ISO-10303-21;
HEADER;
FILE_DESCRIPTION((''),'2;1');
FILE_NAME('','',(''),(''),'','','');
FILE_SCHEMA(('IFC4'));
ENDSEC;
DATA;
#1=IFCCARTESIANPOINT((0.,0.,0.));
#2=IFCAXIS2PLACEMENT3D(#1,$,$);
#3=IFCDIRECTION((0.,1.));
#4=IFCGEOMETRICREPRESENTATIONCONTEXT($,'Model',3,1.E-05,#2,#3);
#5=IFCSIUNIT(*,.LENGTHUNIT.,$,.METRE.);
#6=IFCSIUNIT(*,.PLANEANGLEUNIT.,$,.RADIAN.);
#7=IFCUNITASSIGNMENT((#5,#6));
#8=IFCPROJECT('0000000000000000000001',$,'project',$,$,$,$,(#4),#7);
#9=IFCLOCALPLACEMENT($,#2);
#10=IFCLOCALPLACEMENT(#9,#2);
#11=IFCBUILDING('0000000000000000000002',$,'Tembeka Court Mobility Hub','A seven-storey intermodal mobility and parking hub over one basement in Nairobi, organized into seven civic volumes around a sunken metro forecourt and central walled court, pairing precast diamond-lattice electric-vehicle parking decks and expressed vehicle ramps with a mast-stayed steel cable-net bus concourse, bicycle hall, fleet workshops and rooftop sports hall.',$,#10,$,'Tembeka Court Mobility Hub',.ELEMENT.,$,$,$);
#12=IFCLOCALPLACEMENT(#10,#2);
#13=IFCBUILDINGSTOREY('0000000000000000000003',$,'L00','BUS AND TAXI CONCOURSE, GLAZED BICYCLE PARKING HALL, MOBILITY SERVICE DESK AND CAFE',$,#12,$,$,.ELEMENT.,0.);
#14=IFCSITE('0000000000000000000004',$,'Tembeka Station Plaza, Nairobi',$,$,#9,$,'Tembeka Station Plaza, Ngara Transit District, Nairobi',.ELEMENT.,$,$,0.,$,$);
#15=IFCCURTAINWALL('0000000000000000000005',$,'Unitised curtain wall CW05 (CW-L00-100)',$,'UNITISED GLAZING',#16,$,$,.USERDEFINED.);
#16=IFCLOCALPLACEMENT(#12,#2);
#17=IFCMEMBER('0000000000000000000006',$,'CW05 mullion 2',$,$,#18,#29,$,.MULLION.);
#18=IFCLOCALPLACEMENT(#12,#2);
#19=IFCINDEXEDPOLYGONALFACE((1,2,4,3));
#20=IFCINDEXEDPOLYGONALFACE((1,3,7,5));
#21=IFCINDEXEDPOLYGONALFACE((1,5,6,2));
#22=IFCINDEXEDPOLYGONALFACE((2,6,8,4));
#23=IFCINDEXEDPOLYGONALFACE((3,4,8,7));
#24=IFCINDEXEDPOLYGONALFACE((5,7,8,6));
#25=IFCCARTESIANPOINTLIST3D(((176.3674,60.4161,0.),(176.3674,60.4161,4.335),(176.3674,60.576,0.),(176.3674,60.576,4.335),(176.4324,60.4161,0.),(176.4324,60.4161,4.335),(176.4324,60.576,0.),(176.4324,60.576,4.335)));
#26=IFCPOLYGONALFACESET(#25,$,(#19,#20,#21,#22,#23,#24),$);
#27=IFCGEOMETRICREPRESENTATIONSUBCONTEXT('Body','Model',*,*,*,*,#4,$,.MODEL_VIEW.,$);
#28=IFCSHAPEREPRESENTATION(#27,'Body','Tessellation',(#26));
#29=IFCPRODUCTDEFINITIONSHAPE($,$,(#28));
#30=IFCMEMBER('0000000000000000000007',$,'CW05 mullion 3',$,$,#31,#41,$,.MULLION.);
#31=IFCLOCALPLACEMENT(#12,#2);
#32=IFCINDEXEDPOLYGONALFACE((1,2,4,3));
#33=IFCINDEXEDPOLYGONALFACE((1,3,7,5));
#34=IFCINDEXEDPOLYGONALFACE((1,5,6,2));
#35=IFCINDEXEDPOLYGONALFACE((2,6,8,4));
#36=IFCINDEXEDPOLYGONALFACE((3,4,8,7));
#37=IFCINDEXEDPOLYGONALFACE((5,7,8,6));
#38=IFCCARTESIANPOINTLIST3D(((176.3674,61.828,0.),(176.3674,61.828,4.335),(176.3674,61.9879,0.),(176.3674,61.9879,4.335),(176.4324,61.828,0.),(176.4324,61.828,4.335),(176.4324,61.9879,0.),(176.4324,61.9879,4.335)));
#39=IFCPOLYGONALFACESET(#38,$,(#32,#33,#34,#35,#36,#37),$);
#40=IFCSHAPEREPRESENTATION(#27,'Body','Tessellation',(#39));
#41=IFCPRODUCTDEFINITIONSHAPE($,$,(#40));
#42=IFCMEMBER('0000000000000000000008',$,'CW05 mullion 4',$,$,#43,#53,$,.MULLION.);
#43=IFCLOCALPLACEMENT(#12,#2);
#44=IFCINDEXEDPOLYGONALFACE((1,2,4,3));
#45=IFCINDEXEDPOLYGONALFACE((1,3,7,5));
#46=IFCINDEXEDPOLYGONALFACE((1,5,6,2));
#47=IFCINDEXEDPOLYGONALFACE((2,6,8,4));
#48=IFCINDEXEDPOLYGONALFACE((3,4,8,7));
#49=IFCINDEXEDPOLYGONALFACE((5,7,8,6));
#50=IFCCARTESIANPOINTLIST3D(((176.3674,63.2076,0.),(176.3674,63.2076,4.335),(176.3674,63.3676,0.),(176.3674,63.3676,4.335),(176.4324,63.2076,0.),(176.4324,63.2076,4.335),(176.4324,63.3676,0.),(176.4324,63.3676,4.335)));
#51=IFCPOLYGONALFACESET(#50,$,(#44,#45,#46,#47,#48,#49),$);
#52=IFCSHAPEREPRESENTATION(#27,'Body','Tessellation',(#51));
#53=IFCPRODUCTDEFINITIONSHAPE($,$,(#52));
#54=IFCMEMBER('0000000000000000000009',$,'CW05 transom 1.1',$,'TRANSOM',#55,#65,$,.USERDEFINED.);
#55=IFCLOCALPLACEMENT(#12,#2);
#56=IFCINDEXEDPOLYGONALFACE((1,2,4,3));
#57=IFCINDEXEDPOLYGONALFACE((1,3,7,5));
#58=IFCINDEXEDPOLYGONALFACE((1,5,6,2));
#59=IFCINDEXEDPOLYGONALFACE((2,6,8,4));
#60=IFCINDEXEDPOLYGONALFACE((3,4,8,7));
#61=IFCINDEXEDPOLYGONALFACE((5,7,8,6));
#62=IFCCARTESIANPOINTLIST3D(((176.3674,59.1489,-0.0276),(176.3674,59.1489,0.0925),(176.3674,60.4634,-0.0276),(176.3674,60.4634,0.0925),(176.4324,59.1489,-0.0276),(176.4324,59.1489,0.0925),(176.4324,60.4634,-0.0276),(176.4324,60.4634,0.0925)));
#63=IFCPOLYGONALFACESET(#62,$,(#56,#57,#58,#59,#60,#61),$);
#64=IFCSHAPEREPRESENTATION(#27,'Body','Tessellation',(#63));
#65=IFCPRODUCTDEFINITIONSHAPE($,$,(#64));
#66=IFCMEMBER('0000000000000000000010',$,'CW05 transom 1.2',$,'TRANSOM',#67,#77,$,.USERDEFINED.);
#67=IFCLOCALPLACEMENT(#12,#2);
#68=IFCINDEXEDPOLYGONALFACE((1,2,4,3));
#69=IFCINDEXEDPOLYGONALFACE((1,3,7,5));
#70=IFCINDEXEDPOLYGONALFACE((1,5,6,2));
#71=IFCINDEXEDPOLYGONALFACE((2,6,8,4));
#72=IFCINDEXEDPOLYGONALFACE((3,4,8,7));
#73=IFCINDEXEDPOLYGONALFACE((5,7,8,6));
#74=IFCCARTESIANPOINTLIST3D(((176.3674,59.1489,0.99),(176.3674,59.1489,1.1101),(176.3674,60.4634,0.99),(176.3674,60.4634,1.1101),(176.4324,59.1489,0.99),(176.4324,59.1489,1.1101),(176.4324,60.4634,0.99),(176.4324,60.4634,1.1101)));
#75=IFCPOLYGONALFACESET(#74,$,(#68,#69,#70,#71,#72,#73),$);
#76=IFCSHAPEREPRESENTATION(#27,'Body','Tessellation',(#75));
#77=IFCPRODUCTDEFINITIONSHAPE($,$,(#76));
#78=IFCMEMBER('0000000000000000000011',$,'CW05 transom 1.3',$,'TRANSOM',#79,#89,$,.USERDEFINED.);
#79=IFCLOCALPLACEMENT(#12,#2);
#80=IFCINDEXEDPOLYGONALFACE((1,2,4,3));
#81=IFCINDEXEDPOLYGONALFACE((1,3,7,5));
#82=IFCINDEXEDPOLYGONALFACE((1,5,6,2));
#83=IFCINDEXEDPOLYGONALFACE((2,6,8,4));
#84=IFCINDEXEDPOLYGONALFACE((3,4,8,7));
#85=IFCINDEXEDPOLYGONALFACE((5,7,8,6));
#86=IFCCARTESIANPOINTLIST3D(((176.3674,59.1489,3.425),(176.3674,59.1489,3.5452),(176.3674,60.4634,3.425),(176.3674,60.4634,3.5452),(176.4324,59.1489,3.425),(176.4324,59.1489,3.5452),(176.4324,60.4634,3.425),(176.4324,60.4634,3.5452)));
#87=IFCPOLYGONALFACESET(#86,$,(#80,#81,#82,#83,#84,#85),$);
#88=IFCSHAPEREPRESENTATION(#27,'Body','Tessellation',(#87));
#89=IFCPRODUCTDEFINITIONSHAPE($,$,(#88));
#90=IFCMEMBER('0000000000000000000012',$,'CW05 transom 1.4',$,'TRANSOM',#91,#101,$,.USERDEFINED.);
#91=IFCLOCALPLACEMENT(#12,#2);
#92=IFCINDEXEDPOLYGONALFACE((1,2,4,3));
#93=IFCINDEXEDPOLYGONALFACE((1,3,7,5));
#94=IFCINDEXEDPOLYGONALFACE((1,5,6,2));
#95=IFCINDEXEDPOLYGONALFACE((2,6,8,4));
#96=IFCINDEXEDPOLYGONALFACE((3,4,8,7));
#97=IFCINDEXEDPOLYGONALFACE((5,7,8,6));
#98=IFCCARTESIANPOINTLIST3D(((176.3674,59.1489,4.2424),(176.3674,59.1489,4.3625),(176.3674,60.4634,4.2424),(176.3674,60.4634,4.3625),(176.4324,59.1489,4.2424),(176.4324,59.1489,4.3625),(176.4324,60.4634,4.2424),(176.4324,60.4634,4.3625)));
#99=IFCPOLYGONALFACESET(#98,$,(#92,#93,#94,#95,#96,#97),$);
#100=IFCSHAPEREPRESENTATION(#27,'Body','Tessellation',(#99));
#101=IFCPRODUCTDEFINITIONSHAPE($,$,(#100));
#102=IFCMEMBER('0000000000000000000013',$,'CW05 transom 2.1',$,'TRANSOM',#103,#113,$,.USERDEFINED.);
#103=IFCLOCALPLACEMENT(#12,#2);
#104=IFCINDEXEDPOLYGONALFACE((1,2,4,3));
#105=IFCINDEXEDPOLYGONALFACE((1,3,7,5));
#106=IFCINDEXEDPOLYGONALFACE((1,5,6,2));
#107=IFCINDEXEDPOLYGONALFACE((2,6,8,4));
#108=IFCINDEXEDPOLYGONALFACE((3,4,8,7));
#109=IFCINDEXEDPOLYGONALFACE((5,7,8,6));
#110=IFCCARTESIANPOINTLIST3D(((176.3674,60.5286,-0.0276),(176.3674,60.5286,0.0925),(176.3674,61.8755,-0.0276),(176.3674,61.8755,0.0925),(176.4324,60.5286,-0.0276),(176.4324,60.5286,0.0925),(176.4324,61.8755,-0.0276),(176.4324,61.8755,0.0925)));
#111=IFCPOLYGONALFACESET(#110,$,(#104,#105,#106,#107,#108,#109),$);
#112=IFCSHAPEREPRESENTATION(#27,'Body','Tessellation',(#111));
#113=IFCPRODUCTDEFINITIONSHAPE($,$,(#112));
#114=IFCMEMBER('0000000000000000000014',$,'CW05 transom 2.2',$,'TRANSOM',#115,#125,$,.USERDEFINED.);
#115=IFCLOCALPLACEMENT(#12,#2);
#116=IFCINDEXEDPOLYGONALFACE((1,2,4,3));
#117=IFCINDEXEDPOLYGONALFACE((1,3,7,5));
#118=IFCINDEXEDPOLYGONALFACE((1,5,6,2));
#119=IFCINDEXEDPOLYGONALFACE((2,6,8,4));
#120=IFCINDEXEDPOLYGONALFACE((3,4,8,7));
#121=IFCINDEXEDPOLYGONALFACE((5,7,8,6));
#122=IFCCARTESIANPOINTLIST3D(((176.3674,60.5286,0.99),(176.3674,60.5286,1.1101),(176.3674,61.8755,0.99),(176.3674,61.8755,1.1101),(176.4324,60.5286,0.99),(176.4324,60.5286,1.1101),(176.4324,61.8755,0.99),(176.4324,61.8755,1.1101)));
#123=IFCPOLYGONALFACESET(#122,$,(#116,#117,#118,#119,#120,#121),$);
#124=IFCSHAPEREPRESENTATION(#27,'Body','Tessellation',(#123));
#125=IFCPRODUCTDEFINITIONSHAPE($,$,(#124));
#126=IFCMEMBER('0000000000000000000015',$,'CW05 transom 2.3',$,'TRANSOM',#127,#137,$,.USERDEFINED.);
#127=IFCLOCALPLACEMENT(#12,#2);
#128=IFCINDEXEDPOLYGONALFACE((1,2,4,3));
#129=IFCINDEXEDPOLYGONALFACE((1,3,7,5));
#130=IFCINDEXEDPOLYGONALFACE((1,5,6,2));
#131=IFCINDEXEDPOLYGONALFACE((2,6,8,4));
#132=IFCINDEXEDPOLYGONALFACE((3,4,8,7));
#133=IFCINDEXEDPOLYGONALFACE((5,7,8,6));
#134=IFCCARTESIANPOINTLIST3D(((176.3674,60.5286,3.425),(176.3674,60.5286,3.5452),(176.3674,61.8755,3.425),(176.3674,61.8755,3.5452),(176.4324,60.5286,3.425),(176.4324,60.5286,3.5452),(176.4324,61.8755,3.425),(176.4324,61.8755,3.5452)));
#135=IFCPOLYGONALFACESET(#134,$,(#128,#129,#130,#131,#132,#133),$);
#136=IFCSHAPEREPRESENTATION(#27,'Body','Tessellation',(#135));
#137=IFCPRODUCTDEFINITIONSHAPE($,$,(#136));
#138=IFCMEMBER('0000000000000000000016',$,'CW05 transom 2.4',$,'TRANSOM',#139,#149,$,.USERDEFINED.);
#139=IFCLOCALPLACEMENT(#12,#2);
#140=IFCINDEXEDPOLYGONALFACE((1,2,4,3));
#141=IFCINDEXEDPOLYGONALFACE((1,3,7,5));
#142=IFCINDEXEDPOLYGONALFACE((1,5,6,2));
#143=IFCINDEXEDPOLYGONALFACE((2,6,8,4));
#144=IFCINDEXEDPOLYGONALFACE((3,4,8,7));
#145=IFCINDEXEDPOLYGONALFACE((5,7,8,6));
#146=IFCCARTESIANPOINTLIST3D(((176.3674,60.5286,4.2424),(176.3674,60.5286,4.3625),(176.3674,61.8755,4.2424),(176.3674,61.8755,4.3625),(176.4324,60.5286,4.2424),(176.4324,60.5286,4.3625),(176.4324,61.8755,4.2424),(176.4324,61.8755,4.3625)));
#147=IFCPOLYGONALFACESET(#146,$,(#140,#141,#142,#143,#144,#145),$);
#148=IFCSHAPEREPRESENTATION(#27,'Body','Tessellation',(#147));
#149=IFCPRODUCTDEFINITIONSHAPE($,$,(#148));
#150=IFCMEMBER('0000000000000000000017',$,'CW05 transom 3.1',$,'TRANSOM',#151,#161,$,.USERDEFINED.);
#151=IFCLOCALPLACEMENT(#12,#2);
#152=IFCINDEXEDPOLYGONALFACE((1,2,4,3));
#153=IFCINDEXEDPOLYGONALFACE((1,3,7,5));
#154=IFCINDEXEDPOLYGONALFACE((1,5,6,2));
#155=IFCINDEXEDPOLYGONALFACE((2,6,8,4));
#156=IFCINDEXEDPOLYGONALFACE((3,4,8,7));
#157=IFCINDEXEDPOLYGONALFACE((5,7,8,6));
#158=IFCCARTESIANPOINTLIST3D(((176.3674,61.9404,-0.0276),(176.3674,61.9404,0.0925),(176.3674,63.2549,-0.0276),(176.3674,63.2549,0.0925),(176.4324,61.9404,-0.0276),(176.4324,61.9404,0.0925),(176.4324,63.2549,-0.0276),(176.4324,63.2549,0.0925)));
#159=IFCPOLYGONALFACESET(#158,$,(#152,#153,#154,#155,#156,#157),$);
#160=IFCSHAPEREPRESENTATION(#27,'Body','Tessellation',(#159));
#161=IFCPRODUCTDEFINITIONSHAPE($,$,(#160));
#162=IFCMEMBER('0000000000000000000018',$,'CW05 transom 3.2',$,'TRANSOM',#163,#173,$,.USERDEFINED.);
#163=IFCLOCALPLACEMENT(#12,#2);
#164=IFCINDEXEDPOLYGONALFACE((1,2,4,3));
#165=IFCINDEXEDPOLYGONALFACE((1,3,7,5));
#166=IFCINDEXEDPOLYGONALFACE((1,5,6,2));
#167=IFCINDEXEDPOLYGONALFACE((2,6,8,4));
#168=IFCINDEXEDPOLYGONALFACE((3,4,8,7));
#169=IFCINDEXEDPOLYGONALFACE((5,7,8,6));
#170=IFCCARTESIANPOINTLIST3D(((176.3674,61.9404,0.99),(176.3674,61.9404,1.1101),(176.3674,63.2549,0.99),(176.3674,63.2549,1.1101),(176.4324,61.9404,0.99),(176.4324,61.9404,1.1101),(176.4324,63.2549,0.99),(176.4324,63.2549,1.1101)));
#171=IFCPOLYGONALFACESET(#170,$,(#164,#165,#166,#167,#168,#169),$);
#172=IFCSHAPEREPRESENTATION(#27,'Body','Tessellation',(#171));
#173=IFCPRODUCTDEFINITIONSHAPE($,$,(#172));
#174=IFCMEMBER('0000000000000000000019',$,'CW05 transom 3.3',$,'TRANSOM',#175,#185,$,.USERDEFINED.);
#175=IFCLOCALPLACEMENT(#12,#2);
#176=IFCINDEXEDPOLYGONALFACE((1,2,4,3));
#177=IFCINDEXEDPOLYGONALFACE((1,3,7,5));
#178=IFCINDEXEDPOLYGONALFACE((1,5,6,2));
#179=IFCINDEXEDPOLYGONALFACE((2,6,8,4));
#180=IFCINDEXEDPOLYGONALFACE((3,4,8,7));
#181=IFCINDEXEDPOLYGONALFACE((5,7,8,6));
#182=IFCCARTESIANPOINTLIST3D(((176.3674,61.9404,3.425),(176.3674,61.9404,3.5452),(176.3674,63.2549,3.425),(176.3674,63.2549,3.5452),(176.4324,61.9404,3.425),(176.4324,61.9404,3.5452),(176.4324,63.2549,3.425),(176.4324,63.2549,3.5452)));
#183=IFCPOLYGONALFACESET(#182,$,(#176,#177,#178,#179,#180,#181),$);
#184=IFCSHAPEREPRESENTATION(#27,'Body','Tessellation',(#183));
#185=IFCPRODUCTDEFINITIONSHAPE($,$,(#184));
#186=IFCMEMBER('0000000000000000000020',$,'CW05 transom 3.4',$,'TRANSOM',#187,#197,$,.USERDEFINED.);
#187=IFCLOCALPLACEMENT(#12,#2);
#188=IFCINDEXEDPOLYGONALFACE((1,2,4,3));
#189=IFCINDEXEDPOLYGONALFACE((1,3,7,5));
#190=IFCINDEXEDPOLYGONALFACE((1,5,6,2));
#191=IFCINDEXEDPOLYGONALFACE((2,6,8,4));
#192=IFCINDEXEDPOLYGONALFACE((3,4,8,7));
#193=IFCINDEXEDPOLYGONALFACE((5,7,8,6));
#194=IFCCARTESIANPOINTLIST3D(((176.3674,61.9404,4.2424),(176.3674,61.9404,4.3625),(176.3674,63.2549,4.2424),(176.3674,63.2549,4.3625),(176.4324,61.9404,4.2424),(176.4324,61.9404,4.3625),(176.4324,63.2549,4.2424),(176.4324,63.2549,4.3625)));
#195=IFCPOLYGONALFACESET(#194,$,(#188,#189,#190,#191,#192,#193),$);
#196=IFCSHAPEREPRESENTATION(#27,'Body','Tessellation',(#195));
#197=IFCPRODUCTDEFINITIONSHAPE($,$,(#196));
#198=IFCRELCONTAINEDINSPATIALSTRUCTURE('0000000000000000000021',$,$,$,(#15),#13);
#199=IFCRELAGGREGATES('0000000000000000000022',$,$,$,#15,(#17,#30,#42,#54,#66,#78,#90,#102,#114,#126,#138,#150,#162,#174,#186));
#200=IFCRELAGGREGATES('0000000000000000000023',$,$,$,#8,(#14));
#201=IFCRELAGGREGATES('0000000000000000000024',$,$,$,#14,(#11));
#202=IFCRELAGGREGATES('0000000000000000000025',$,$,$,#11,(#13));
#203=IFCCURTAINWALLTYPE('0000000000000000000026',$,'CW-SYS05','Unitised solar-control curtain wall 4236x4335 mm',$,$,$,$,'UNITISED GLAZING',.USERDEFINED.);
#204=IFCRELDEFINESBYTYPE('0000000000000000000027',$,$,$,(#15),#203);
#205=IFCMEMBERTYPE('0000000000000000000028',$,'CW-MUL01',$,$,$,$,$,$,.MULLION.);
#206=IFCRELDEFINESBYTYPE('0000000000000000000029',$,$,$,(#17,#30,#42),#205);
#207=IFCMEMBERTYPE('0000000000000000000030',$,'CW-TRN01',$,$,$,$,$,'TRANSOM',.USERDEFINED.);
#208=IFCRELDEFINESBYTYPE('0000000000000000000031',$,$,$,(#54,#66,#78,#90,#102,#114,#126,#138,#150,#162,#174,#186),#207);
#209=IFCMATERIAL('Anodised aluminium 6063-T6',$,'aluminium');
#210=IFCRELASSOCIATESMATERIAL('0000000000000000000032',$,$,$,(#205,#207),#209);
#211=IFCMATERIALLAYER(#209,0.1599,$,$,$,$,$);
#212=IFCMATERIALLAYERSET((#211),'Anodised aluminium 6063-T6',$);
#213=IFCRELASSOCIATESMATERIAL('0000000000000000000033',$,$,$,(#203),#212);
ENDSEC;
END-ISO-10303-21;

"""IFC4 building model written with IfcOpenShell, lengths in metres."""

from ifc_helpers import new_model, si_unit, direction, frame, origin, origin_2d, place, context, subcontext, project, spatial, rectangle, extrude, material, layer, layer_set, material_profile, profile_set, type_object, element, aggregate, save


model = new_model("IFC4")

# Units and contexts
model_context = context("Model", 3, precision=1e-05, world=origin(), true_north=direction((0.0, 1.0)))
body_context = subcontext(model_context, "Body", "Model", "MODEL_VIEW")
ifc_project = project(units=[si_unit("LENGTHUNIT", "METRE"), si_unit("PLANEANGLEUNIT", "RADIAN")], contexts=[model_context])

# Site, building, storey
site_placement = place(None, origin())
site = spatial("IfcSite", under=ifc_project, at=site_placement, Name="Tembeka Station Plaza, Nairobi", LongName="Tembeka Station Plaza, Ngara Transit District, Nairobi", CompositionType="ELEMENT", RefElevation=0.0)
building_placement = place(site_placement, origin())
building = spatial("IfcBuilding", under=site, at=building_placement, Name="Tembeka Court Mobility Hub", Description="A seven-storey intermodal mobility and parking hub over one basement in Nairobi, organized into seven civic volumes around a sunken metro forecourt and central walled court, pairing precast diamond-lattice electric-vehicle parking decks and expressed vehicle ramps with a mast-stayed steel cable-net bus concourse, bicycle hall, fleet workshops and rooftop sports hall.", LongName="Tembeka Court Mobility Hub", CompositionType="ELEMENT")
storey_placement = place(building_placement, origin())
storey = spatial("IfcBuildingStorey", under=building, at=storey_placement, Name="L00", Description="BUS AND TAXI CONCOURSE, GLAZED BICYCLE PARKING HALL, MOBILITY SERVICE DESK AND CAFE", CompositionType="ELEMENT", Elevation=0.0)

# Shared definitions
ifc_material_1 = material(Name="Anodised aluminium 6063-T6", Category="aluminium")
ifc_material_profile_1 = material_profile(ifc_material_1, rectangle(XDim=0.0649, YDim=0.1599, at=origin_2d()), Name="ALU-MUL 65x160")
ifc_profile_set_1 = profile_set([ifc_material_profile_1], Name="Anodised aluminium 6063-T6")
member_type_1 = type_object("IfcMemberType", Name="CW-MUL01", PredefinedType="MULLION", material=ifc_profile_set_1)

# Curtain wall, members
ifc_layer_1 = layer(ifc_material_1, 0.1599)
ifc_layer_set_1 = layer_set([ifc_layer_1], Name="Anodised aluminium 6063-T6")
curtain_wall_type_1 = type_object("IfcCurtainWallType", Name="CW-SYS05", Description="Unitised solar-control curtain wall 4236x4335 mm", ElementType="UNITISED GLAZING", PredefinedType="USERDEFINED", material=ifc_layer_set_1)
curtain_wall_1_placement = place(storey_placement, origin())
curtain_wall_1 = element("IfcCurtainWall", 1, at=curtain_wall_1_placement, inside=storey, type_object=curtain_wall_type_1, Name="Unitised curtain wall CW05 (CW-L00-100)", ObjectType="UNITISED GLAZING", PredefinedType="USERDEFINED")
member_1_placement = place(storey_placement, frame((176.3999, 60.4961, 0.0), z_axis=(0.0, 0.0, 1.0), x_axis=(-1.0, 0.0, 0.0)))
member_1 = element("IfcMember", 2, at=member_1_placement, type_object=member_type_1, Name="CW05 mullion 2", PredefinedType="MULLION", context=body_context, shape_type="SweptSolid", body=[
    extrude(rectangle(XDim=0.0649, YDim=0.1599, at=origin_2d()), origin(), (0.0, 0.0, 1.0), 4.335),
])
member_2_placement = place(storey_placement, frame((176.3999, 61.908, 0.0), z_axis=(0.0, 0.0, 1.0), x_axis=(-1.0, 0.0, 0.0)))
member_2 = element("IfcMember", 3, at=member_2_placement, type_object=member_type_1, Name="CW05 mullion 3", PredefinedType="MULLION", context=body_context, shape_type="SweptSolid", body=[
    extrude(rectangle(XDim=0.0649, YDim=0.1599, at=origin_2d()), origin(), (0.0, 0.0, 1.0), 4.335),
])
member_3_placement = place(storey_placement, frame((176.3999, 63.2876, 0.0), z_axis=(0.0, 0.0, 1.0), x_axis=(-1.0, 0.0, 0.0)))
member_3 = element("IfcMember", 4, at=member_3_placement, type_object=member_type_1, Name="CW05 mullion 4", PredefinedType="MULLION", context=body_context, shape_type="SweptSolid", body=[
    extrude(rectangle(XDim=0.0649, YDim=0.1599, at=origin_2d()), origin(), (0.0, 0.0, 1.0), 4.335),
])
ifc_material_profile_2 = material_profile(ifc_material_1, rectangle(XDim=0.0649, YDim=0.1201, at=origin_2d()), Name="ALU-TRN 65x120")
ifc_profile_set_2 = profile_set([ifc_material_profile_2], Name="Anodised aluminium 6063-T6")
member_type_2 = type_object("IfcMemberType", Name="CW-TRN01", ElementType="TRANSOM", PredefinedType="USERDEFINED", material=ifc_profile_set_2)
member_4_placement = place(storey_placement, frame((176.3999, 59.1489, 0.0325), z_axis=(0.0, 1.0, 0.0), x_axis=(-1.0, 0.0, 0.0)))
member_4 = element("IfcMember", 5, at=member_4_placement, type_object=member_type_2, Name="CW05 transom 1.1", ObjectType="TRANSOM", PredefinedType="USERDEFINED", context=body_context, shape_type="SweptSolid", body=[
    extrude(rectangle(XDim=0.0649, YDim=0.1201, at=origin_2d()), origin(), (0.0, 0.0, 1.0), 1.3145),
])
member_5_placement = place(storey_placement, frame((176.3999, 59.1489, 1.05), z_axis=(0.0, 1.0, 0.0), x_axis=(-1.0, 0.0, 0.0)))
member_5 = element("IfcMember", 6, at=member_5_placement, type_object=member_type_2, Name="CW05 transom 1.2", ObjectType="TRANSOM", PredefinedType="USERDEFINED", context=body_context, shape_type="SweptSolid", body=[
    extrude(rectangle(XDim=0.0649, YDim=0.1201, at=origin_2d()), origin(), (0.0, 0.0, 1.0), 1.3145),
])
member_6_placement = place(storey_placement, frame((176.3999, 59.1489, 3.4851), z_axis=(0.0, 1.0, 0.0), x_axis=(-1.0, 0.0, 0.0)))
member_6 = element("IfcMember", 7, at=member_6_placement, type_object=member_type_2, Name="CW05 transom 1.3", ObjectType="TRANSOM", PredefinedType="USERDEFINED", context=body_context, shape_type="SweptSolid", body=[
    extrude(rectangle(XDim=0.0649, YDim=0.1201, at=origin_2d()), origin(), (0.0, 0.0, 1.0), 1.3145),
])
member_7_placement = place(storey_placement, frame((176.3999, 59.1489, 4.3025), z_axis=(0.0, 1.0, 0.0), x_axis=(-1.0, 0.0, 0.0)))
member_7 = element("IfcMember", 8, at=member_7_placement, type_object=member_type_2, Name="CW05 transom 1.4", ObjectType="TRANSOM", PredefinedType="USERDEFINED", context=body_context, shape_type="SweptSolid", body=[
    extrude(rectangle(XDim=0.0649, YDim=0.1201, at=origin_2d()), origin(), (0.0, 0.0, 1.0), 1.3145),
])
member_8_placement = place(storey_placement, frame((176.3999, 60.5286, 0.0325), z_axis=(0.0, 1.0, 0.0), x_axis=(-1.0, 0.0, 0.0)))
member_8 = element("IfcMember", 9, at=member_8_placement, type_object=member_type_2, Name="CW05 transom 2.1", ObjectType="TRANSOM", PredefinedType="USERDEFINED", context=body_context, shape_type="SweptSolid", body=[
    extrude(rectangle(XDim=0.0649, YDim=0.1201, at=origin_2d()), origin(), (0.0, 0.0, 1.0), 1.3469),
])
member_9_placement = place(storey_placement, frame((176.3999, 60.5286, 1.05), z_axis=(0.0, 1.0, 0.0), x_axis=(-1.0, 0.0, 0.0)))
member_9 = element("IfcMember", 10, at=member_9_placement, type_object=member_type_2, Name="CW05 transom 2.2", ObjectType="TRANSOM", PredefinedType="USERDEFINED", context=body_context, shape_type="SweptSolid", body=[
    extrude(rectangle(XDim=0.0649, YDim=0.1201, at=origin_2d()), origin(), (0.0, 0.0, 1.0), 1.3469),
])
member_10_placement = place(storey_placement, frame((176.3999, 60.5286, 3.4851), z_axis=(0.0, 1.0, 0.0), x_axis=(-1.0, 0.0, 0.0)))
member_10 = element("IfcMember", 11, at=member_10_placement, type_object=member_type_2, Name="CW05 transom 2.3", ObjectType="TRANSOM", PredefinedType="USERDEFINED", context=body_context, shape_type="SweptSolid", body=[
    extrude(rectangle(XDim=0.0649, YDim=0.1201, at=origin_2d()), origin(), (0.0, 0.0, 1.0), 1.3469),
])
member_11_placement = place(storey_placement, frame((176.3999, 60.5286, 4.3025), z_axis=(0.0, 1.0, 0.0), x_axis=(-1.0, 0.0, 0.0)))
member_11 = element("IfcMember", 12, at=member_11_placement, type_object=member_type_2, Name="CW05 transom 2.4", ObjectType="TRANSOM", PredefinedType="USERDEFINED", context=body_context, shape_type="SweptSolid", body=[
    extrude(rectangle(XDim=0.0649, YDim=0.1201, at=origin_2d()), origin(), (0.0, 0.0, 1.0), 1.3469),
])
member_12_placement = place(storey_placement, frame((176.3999, 61.9404, 0.0325), z_axis=(0.0, 1.0, 0.0), x_axis=(-1.0, 0.0, 0.0)))
member_12 = element("IfcMember", 13, at=member_12_placement, type_object=member_type_2, Name="CW05 transom 3.1", ObjectType="TRANSOM", PredefinedType="USERDEFINED", context=body_context, shape_type="SweptSolid", body=[
    extrude(rectangle(XDim=0.0649, YDim=0.1201, at=origin_2d()), origin(), (0.0, 0.0, 1.0), 1.3145),
])
member_13_placement = place(storey_placement, frame((176.3999, 61.9404, 1.05), z_axis=(0.0, 1.0, 0.0), x_axis=(-1.0, 0.0, 0.0)))
member_13 = element("IfcMember", 14, at=member_13_placement, type_object=member_type_2, Name="CW05 transom 3.2", ObjectType="TRANSOM", PredefinedType="USERDEFINED", context=body_context, shape_type="SweptSolid", body=[
    extrude(rectangle(XDim=0.0649, YDim=0.1201, at=origin_2d()), origin(), (0.0, 0.0, 1.0), 1.3145),
])
member_14_placement = place(storey_placement, frame((176.3999, 61.9404, 3.4851), z_axis=(0.0, 1.0, 0.0), x_axis=(-1.0, 0.0, 0.0)))
member_14 = element("IfcMember", 15, at=member_14_placement, type_object=member_type_2, Name="CW05 transom 3.3", ObjectType="TRANSOM", PredefinedType="USERDEFINED", context=body_context, shape_type="SweptSolid", body=[
    extrude(rectangle(XDim=0.0649, YDim=0.1201, at=origin_2d()), origin(), (0.0, 0.0, 1.0), 1.3145),
])
member_15_placement = place(storey_placement, frame((176.3999, 61.9404, 4.3025), z_axis=(0.0, 1.0, 0.0), x_axis=(-1.0, 0.0, 0.0)))
member_15 = element("IfcMember", 16, at=member_15_placement, type_object=member_type_2, Name="CW05 transom 3.4", ObjectType="TRANSOM", PredefinedType="USERDEFINED", context=body_context, shape_type="SweptSolid", body=[
    extrude(rectangle(XDim=0.0649, YDim=0.1201, at=origin_2d()), origin(), (0.0, 0.0, 1.0), 1.3145),
])

aggregate(curtain_wall_1, [member_1, member_2, member_3, member_4, member_5, member_6, member_7, member_8, member_9, member_10, member_11, member_12, member_13, member_14, member_15])

save(model, "model.ifc")
